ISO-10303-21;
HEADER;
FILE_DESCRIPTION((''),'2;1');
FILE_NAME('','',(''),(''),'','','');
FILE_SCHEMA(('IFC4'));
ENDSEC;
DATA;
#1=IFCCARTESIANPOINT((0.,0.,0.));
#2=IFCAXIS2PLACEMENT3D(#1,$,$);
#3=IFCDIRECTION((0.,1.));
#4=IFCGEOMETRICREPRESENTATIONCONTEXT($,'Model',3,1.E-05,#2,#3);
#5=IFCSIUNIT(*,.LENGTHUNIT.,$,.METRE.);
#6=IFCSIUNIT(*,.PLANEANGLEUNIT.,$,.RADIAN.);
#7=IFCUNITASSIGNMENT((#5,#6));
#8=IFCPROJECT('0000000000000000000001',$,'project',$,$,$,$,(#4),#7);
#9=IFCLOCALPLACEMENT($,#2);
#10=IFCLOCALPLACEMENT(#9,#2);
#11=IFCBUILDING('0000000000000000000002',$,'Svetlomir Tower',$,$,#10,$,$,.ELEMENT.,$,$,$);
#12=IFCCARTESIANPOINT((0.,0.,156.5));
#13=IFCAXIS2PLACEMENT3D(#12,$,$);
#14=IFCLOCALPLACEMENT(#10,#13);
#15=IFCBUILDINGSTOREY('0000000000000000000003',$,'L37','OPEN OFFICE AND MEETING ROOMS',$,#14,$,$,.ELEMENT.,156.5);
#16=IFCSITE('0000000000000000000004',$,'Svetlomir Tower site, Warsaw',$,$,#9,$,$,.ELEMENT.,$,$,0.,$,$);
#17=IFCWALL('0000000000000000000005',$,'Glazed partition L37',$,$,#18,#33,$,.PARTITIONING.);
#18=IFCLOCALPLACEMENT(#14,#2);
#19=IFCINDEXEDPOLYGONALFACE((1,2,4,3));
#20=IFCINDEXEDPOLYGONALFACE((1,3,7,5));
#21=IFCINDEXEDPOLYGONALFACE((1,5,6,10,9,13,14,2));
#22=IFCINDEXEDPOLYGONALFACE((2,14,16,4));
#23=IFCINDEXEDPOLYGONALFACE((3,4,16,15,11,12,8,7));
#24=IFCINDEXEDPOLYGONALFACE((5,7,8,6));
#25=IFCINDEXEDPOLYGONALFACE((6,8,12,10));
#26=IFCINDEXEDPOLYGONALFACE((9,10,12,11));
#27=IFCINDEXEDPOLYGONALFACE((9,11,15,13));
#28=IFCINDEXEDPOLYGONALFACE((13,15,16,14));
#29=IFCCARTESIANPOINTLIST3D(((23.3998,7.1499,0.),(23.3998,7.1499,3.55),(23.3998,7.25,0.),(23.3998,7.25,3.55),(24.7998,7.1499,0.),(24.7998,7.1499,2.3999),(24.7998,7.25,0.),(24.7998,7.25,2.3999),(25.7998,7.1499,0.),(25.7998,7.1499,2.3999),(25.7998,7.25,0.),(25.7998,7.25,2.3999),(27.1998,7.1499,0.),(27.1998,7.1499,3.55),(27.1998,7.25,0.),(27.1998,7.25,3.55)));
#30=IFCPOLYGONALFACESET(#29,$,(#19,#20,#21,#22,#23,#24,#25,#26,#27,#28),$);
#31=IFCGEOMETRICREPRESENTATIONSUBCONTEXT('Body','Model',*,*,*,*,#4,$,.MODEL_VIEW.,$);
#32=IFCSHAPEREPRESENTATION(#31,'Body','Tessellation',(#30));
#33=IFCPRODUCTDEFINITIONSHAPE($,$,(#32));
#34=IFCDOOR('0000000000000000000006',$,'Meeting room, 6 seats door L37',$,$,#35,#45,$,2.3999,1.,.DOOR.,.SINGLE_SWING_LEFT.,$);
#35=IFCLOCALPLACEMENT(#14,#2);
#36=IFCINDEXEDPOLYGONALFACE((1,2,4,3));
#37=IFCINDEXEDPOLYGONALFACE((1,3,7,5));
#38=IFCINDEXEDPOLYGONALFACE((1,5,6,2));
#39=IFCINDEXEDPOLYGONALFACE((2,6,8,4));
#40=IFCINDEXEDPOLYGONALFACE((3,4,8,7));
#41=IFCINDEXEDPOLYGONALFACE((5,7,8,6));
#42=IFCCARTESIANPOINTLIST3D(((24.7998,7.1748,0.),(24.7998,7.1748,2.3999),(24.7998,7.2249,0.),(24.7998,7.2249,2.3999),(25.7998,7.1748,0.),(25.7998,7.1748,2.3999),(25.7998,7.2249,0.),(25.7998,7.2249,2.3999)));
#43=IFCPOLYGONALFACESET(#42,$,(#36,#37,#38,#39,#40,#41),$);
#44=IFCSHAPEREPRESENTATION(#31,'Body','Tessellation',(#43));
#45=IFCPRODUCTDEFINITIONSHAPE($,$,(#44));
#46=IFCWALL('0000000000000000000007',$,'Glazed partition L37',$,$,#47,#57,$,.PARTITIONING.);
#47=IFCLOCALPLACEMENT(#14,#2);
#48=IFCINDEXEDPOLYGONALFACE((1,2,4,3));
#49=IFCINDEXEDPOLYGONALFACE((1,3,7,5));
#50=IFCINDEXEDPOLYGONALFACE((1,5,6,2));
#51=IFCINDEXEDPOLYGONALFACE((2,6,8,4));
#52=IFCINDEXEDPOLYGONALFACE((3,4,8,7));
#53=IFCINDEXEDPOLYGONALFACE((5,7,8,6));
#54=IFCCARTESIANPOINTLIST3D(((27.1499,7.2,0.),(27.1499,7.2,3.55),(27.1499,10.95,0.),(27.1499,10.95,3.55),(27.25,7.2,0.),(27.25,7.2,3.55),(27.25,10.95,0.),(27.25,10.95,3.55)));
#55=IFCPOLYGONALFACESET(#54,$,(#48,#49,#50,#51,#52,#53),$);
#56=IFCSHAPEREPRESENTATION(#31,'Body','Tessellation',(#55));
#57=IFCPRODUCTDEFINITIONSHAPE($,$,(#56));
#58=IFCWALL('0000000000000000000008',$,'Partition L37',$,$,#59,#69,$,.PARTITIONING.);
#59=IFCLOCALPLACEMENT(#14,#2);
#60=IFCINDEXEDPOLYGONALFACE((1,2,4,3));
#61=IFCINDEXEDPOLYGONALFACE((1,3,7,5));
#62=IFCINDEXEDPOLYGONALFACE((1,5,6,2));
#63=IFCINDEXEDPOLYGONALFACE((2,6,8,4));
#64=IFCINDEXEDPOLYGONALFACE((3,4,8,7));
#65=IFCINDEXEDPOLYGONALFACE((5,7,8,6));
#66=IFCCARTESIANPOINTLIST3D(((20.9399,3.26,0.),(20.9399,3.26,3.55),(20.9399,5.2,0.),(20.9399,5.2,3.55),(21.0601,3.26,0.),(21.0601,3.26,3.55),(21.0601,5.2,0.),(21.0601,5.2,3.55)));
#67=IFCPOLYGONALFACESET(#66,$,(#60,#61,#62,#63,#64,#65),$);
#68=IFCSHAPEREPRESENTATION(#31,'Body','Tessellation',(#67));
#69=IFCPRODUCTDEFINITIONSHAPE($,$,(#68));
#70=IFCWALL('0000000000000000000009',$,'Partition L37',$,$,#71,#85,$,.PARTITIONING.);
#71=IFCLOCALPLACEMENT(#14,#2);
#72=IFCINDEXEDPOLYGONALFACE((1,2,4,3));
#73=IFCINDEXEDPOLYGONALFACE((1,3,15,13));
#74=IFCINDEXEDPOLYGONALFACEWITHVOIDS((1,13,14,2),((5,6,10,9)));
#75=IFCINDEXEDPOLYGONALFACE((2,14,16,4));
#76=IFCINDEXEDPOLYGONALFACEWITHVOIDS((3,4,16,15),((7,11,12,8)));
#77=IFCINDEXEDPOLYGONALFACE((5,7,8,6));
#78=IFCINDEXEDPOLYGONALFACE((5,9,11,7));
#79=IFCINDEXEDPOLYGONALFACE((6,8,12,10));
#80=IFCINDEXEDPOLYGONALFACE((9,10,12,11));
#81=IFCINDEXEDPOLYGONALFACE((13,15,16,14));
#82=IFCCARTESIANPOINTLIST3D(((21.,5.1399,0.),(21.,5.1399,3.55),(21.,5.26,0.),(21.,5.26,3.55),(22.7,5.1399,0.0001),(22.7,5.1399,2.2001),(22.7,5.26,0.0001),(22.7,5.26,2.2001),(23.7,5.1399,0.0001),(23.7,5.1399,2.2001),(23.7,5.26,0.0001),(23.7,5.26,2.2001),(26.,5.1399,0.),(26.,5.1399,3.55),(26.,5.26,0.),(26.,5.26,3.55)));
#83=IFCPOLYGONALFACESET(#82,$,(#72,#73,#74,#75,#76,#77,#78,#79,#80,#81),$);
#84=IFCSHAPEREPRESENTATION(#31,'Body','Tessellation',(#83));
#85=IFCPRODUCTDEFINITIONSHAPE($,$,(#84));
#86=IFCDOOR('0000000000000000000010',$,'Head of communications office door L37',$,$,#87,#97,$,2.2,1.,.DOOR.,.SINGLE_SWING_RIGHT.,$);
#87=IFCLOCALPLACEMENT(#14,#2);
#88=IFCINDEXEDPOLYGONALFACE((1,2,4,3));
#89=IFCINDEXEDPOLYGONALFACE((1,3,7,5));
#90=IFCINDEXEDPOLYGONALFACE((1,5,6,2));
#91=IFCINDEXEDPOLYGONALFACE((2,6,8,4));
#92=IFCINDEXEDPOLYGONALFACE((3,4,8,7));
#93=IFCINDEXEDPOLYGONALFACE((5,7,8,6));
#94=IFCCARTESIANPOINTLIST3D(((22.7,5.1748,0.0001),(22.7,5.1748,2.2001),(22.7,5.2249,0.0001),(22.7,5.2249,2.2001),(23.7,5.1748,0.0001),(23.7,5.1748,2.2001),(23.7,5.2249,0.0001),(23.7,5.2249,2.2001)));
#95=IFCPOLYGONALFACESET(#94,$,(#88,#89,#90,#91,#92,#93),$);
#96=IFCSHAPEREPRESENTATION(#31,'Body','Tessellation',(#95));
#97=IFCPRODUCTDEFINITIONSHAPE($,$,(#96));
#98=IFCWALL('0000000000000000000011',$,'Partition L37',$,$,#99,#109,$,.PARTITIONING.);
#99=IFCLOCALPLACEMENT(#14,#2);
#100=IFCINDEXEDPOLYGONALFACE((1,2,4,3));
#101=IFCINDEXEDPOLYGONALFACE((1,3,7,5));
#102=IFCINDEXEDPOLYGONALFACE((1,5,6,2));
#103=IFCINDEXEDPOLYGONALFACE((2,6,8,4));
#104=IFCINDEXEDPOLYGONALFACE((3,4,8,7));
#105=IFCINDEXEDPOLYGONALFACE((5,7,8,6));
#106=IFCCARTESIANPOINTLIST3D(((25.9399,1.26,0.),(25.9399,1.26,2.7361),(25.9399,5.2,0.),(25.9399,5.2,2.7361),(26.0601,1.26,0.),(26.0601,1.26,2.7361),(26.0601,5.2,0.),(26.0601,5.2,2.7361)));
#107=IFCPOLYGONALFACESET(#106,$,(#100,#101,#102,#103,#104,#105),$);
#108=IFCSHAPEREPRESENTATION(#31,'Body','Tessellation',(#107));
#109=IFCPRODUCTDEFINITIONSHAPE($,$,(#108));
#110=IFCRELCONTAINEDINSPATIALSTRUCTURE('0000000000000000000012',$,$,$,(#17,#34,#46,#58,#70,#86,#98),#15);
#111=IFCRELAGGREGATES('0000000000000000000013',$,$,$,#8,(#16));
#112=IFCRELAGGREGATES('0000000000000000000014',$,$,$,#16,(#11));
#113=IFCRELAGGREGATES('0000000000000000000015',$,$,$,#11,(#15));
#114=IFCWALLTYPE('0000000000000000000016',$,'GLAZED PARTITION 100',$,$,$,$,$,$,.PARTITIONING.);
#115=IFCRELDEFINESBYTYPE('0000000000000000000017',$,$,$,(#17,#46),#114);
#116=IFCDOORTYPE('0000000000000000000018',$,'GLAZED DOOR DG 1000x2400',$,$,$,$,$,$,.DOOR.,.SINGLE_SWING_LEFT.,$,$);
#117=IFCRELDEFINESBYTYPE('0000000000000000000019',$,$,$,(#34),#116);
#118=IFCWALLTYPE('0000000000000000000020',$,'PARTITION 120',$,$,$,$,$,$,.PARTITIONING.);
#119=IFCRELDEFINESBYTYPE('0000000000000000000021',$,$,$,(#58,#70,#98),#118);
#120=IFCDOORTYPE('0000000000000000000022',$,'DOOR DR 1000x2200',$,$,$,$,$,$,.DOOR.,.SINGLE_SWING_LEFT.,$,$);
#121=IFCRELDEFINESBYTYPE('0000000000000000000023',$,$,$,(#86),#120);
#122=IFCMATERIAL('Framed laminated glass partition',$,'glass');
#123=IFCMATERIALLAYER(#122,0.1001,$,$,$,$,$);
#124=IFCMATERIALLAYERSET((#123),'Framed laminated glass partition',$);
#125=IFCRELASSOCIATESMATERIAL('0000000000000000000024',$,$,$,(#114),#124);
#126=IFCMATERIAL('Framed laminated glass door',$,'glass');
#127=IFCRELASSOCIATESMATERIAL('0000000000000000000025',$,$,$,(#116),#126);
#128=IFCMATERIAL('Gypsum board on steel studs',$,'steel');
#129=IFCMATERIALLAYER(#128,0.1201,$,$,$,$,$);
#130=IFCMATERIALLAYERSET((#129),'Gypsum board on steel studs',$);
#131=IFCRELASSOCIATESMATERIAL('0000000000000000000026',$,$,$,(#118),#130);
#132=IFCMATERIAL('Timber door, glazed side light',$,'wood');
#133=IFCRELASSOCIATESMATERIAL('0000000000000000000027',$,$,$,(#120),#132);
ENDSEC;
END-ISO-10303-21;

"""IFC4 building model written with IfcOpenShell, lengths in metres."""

from ifc_helpers import new_model, si_unit, direction, frame, frame_2d, origin, place, context, subcontext, project, spatial, rectangle, extrude, material, layer, layer_set, type_object, element, fill, save


model = new_model("IFC4")

# Units and contexts
model_context = context("Model", 3, precision=1e-05, world=origin(), true_north=direction((0.0, 1.0)))
body_context = subcontext(model_context, "Body", "Model", "MODEL_VIEW")
ifc_project = project(units=[si_unit("LENGTHUNIT", "METRE"), si_unit("PLANEANGLEUNIT", "RADIAN")], contexts=[model_context])

# Site, building, storey
site_placement = place(None, origin())
site = spatial("IfcSite", under=ifc_project, at=site_placement, Name="Svetlomir Tower site, Warsaw", CompositionType="ELEMENT", RefElevation=0.0)
building_placement = place(site_placement, origin())
building = spatial("IfcBuilding", under=site, at=building_placement, Name="Svetlomir Tower", CompositionType="ELEMENT")
storey_placement = place(building_placement, frame((0.0, 0.0, 156.5)))
storey = spatial("IfcBuildingStorey", under=building, at=storey_placement, Name="L37", Description="OPEN OFFICE AND MEETING ROOMS", CompositionType="ELEMENT", Elevation=156.5)

# Shared definitions
ifc_material_1 = material(Name="Framed laminated glass partition", Category="glass")
ifc_layer_1 = layer(ifc_material_1, 0.1001)
ifc_layer_set_1 = layer_set([ifc_layer_1], Name="Framed laminated glass partition")
wall_type_1 = type_object("IfcWallType", Name="GLAZED PARTITION 100", PredefinedType="PARTITIONING", material=ifc_layer_set_1)

# Shared definitions
ifc_material_2 = material(Name="Framed laminated glass door", Category="glass")
door_type_1 = type_object("IfcDoorType", Name="GLAZED DOOR DG 1000x2400", OperationType="SINGLE_SWING_LEFT", PredefinedType="DOOR", material=ifc_material_2)

# Wall, opening, door
wall_1_placement = place(storey_placement, frame((23.3999, 7.2, 0.0), z_axis=(0.0, 0.0, 1.0), x_axis=(1.0, 0.0, 0.0)))
wall_1 = element("IfcWall", 1, at=wall_1_placement, inside=storey, type_object=wall_type_1, Name="Glazed partition L37", PredefinedType="PARTITIONING", context=body_context, shape_type="SweptSolid", body=[
    extrude(rectangle(XDim=3.8, YDim=0.1001, at=frame_2d((1.8999, 0.0))), origin(), (0.0, 0.0, 1.0), 3.55),
])
opening_1_placement = place(wall_1_placement, frame((1.3999, 0.0, 0.0)))
opening_1 = element("IfcOpeningElement", 2, at=opening_1_placement, cuts=wall_1, PredefinedType="OPENING", context=body_context, shape_type="SweptSolid", body=[
    extrude(rectangle(XDim=1.0, YDim=2.3999, at=frame_2d((0.5, 1.2))), frame((0.0, 0.0601, 0.0), z_axis=(0.0, -1.0, 0.0), x_axis=(1.0, 0.0, 0.0)), (0.0, 0.0, 1.0), 0.1201),
])
door_1_placement = place(opening_1_placement, origin())
door_1 = element("IfcDoor", 3, at=door_1_placement, inside=storey, type_object=door_type_1, Name="Meeting room, 6 seats door L37", OperationType="SINGLE_SWING_LEFT", OverallHeight=2.3999, OverallWidth=1.0, PredefinedType="DOOR", context=body_context, shape_type="SweptSolid", body=[
    extrude(rectangle(XDim=1.0, YDim=2.3999, at=frame_2d((0.5, 1.2))), frame((0.0, 0.0249, 0.0), z_axis=(0.0, -1.0, 0.0), x_axis=(1.0, 0.0, 0.0)), (0.0, 0.0, 1.0), 0.05),
])
fill(opening_1, door_1)

# Walls
wall_2_placement = place(storey_placement, frame((27.2, 7.2, 0.0), z_axis=(0.0, 0.0, 1.0), x_axis=(0.0, 1.0, 0.0)))
element("IfcWall", 4, at=wall_2_placement, inside=storey, type_object=wall_type_1, Name="Glazed partition L37", PredefinedType="PARTITIONING", context=body_context, shape_type="SweptSolid", body=[
    extrude(rectangle(XDim=3.75, YDim=0.1001, at=frame_2d((1.875, 0.0))), origin(), (0.0, 0.0, 1.0), 3.55),
])
ifc_material_3 = material(Name="Gypsum board on steel studs", Category="steel")
ifc_layer_2 = layer(ifc_material_3, 0.1201)
ifc_layer_set_2 = layer_set([ifc_layer_2], Name="Gypsum board on steel studs")
wall_type_2 = type_object("IfcWallType", Name="PARTITION 120", PredefinedType="PARTITIONING", material=ifc_layer_set_2)
wall_3_placement = place(storey_placement, frame((21.0, 3.26, 0.0), z_axis=(0.0, 0.0, 1.0), x_axis=(0.0, 1.0, 0.0)))
element("IfcWall", 5, at=wall_3_placement, inside=storey, type_object=wall_type_2, Name="Partition L37", PredefinedType="PARTITIONING", context=body_context, shape_type="SweptSolid", body=[
    extrude(rectangle(XDim=1.9399, YDim=0.1201, at=frame_2d((0.97, 0.0))), origin(), (0.0, 0.0, 1.0), 3.55),
])

# Wall, opening, door
wall_4_placement = place(storey_placement, frame((21.0, 5.2, 0.0), z_axis=(0.0, 0.0, 1.0), x_axis=(1.0, 0.0, 0.0)))
wall_4 = element("IfcWall", 6, at=wall_4_placement, inside=storey, type_object=wall_type_2, Name="Partition L37", PredefinedType="PARTITIONING", context=body_context, shape_type="SweptSolid", body=[
    extrude(rectangle(XDim=5.0, YDim=0.1201, at=frame_2d((2.5, 0.0))), origin(), (0.0, 0.0, 1.0), 3.55),
])
opening_2_placement = place(wall_4_placement, frame((1.7, 0.0, 0.0)))
opening_2 = element("IfcOpeningElement", 7, at=opening_2_placement, cuts=wall_4, PredefinedType="OPENING", context=body_context, shape_type="SweptSolid", body=[
    extrude(rectangle(XDim=1.0, YDim=2.2, at=frame_2d((0.5, 1.1001))), frame((0.0, 0.0701, 0.0), z_axis=(0.0, -1.0, 0.0), x_axis=(1.0, 0.0, 0.0)), (0.0, 0.0, 1.0), 0.1401),
])
ifc_material_4 = material(Name="Timber door, glazed side light", Category="wood")
door_type_2 = type_object("IfcDoorType", Name="DOOR DR 1000x2200", OperationType="SINGLE_SWING_LEFT", PredefinedType="DOOR", material=ifc_material_4)
door_2_placement = place(opening_2_placement, origin())
door_2 = element("IfcDoor", 8, at=door_2_placement, inside=storey, type_object=door_type_2, Name="Head of communications office door L37", OperationType="SINGLE_SWING_RIGHT", OverallHeight=2.2, OverallWidth=1.0, PredefinedType="DOOR", context=body_context, shape_type="SweptSolid", body=[
    extrude(rectangle(XDim=1.0, YDim=2.2, at=frame_2d((0.5, 1.1001))), frame((0.0, 0.0249, 0.0), z_axis=(0.0, -1.0, 0.0), x_axis=(1.0, 0.0, 0.0)), (0.0, 0.0, 1.0), 0.05),
])
fill(opening_2, door_2)

# Wall
wall_5_placement = place(storey_placement, frame((26.0, 1.26, 0.0), z_axis=(0.0, 0.0, 1.0), x_axis=(0.0, 1.0, 0.0)))
element("IfcWall", 9, at=wall_5_placement, inside=storey, type_object=wall_type_2, Name="Partition L37", PredefinedType="PARTITIONING", context=body_context, shape_type="SweptSolid", body=[
    extrude(rectangle(XDim=3.9399, YDim=0.1201, at=frame_2d((1.97, 0.0))), origin(), (0.0, 0.0, 1.0), 2.7361),
])

save(model, "model.ifc")
